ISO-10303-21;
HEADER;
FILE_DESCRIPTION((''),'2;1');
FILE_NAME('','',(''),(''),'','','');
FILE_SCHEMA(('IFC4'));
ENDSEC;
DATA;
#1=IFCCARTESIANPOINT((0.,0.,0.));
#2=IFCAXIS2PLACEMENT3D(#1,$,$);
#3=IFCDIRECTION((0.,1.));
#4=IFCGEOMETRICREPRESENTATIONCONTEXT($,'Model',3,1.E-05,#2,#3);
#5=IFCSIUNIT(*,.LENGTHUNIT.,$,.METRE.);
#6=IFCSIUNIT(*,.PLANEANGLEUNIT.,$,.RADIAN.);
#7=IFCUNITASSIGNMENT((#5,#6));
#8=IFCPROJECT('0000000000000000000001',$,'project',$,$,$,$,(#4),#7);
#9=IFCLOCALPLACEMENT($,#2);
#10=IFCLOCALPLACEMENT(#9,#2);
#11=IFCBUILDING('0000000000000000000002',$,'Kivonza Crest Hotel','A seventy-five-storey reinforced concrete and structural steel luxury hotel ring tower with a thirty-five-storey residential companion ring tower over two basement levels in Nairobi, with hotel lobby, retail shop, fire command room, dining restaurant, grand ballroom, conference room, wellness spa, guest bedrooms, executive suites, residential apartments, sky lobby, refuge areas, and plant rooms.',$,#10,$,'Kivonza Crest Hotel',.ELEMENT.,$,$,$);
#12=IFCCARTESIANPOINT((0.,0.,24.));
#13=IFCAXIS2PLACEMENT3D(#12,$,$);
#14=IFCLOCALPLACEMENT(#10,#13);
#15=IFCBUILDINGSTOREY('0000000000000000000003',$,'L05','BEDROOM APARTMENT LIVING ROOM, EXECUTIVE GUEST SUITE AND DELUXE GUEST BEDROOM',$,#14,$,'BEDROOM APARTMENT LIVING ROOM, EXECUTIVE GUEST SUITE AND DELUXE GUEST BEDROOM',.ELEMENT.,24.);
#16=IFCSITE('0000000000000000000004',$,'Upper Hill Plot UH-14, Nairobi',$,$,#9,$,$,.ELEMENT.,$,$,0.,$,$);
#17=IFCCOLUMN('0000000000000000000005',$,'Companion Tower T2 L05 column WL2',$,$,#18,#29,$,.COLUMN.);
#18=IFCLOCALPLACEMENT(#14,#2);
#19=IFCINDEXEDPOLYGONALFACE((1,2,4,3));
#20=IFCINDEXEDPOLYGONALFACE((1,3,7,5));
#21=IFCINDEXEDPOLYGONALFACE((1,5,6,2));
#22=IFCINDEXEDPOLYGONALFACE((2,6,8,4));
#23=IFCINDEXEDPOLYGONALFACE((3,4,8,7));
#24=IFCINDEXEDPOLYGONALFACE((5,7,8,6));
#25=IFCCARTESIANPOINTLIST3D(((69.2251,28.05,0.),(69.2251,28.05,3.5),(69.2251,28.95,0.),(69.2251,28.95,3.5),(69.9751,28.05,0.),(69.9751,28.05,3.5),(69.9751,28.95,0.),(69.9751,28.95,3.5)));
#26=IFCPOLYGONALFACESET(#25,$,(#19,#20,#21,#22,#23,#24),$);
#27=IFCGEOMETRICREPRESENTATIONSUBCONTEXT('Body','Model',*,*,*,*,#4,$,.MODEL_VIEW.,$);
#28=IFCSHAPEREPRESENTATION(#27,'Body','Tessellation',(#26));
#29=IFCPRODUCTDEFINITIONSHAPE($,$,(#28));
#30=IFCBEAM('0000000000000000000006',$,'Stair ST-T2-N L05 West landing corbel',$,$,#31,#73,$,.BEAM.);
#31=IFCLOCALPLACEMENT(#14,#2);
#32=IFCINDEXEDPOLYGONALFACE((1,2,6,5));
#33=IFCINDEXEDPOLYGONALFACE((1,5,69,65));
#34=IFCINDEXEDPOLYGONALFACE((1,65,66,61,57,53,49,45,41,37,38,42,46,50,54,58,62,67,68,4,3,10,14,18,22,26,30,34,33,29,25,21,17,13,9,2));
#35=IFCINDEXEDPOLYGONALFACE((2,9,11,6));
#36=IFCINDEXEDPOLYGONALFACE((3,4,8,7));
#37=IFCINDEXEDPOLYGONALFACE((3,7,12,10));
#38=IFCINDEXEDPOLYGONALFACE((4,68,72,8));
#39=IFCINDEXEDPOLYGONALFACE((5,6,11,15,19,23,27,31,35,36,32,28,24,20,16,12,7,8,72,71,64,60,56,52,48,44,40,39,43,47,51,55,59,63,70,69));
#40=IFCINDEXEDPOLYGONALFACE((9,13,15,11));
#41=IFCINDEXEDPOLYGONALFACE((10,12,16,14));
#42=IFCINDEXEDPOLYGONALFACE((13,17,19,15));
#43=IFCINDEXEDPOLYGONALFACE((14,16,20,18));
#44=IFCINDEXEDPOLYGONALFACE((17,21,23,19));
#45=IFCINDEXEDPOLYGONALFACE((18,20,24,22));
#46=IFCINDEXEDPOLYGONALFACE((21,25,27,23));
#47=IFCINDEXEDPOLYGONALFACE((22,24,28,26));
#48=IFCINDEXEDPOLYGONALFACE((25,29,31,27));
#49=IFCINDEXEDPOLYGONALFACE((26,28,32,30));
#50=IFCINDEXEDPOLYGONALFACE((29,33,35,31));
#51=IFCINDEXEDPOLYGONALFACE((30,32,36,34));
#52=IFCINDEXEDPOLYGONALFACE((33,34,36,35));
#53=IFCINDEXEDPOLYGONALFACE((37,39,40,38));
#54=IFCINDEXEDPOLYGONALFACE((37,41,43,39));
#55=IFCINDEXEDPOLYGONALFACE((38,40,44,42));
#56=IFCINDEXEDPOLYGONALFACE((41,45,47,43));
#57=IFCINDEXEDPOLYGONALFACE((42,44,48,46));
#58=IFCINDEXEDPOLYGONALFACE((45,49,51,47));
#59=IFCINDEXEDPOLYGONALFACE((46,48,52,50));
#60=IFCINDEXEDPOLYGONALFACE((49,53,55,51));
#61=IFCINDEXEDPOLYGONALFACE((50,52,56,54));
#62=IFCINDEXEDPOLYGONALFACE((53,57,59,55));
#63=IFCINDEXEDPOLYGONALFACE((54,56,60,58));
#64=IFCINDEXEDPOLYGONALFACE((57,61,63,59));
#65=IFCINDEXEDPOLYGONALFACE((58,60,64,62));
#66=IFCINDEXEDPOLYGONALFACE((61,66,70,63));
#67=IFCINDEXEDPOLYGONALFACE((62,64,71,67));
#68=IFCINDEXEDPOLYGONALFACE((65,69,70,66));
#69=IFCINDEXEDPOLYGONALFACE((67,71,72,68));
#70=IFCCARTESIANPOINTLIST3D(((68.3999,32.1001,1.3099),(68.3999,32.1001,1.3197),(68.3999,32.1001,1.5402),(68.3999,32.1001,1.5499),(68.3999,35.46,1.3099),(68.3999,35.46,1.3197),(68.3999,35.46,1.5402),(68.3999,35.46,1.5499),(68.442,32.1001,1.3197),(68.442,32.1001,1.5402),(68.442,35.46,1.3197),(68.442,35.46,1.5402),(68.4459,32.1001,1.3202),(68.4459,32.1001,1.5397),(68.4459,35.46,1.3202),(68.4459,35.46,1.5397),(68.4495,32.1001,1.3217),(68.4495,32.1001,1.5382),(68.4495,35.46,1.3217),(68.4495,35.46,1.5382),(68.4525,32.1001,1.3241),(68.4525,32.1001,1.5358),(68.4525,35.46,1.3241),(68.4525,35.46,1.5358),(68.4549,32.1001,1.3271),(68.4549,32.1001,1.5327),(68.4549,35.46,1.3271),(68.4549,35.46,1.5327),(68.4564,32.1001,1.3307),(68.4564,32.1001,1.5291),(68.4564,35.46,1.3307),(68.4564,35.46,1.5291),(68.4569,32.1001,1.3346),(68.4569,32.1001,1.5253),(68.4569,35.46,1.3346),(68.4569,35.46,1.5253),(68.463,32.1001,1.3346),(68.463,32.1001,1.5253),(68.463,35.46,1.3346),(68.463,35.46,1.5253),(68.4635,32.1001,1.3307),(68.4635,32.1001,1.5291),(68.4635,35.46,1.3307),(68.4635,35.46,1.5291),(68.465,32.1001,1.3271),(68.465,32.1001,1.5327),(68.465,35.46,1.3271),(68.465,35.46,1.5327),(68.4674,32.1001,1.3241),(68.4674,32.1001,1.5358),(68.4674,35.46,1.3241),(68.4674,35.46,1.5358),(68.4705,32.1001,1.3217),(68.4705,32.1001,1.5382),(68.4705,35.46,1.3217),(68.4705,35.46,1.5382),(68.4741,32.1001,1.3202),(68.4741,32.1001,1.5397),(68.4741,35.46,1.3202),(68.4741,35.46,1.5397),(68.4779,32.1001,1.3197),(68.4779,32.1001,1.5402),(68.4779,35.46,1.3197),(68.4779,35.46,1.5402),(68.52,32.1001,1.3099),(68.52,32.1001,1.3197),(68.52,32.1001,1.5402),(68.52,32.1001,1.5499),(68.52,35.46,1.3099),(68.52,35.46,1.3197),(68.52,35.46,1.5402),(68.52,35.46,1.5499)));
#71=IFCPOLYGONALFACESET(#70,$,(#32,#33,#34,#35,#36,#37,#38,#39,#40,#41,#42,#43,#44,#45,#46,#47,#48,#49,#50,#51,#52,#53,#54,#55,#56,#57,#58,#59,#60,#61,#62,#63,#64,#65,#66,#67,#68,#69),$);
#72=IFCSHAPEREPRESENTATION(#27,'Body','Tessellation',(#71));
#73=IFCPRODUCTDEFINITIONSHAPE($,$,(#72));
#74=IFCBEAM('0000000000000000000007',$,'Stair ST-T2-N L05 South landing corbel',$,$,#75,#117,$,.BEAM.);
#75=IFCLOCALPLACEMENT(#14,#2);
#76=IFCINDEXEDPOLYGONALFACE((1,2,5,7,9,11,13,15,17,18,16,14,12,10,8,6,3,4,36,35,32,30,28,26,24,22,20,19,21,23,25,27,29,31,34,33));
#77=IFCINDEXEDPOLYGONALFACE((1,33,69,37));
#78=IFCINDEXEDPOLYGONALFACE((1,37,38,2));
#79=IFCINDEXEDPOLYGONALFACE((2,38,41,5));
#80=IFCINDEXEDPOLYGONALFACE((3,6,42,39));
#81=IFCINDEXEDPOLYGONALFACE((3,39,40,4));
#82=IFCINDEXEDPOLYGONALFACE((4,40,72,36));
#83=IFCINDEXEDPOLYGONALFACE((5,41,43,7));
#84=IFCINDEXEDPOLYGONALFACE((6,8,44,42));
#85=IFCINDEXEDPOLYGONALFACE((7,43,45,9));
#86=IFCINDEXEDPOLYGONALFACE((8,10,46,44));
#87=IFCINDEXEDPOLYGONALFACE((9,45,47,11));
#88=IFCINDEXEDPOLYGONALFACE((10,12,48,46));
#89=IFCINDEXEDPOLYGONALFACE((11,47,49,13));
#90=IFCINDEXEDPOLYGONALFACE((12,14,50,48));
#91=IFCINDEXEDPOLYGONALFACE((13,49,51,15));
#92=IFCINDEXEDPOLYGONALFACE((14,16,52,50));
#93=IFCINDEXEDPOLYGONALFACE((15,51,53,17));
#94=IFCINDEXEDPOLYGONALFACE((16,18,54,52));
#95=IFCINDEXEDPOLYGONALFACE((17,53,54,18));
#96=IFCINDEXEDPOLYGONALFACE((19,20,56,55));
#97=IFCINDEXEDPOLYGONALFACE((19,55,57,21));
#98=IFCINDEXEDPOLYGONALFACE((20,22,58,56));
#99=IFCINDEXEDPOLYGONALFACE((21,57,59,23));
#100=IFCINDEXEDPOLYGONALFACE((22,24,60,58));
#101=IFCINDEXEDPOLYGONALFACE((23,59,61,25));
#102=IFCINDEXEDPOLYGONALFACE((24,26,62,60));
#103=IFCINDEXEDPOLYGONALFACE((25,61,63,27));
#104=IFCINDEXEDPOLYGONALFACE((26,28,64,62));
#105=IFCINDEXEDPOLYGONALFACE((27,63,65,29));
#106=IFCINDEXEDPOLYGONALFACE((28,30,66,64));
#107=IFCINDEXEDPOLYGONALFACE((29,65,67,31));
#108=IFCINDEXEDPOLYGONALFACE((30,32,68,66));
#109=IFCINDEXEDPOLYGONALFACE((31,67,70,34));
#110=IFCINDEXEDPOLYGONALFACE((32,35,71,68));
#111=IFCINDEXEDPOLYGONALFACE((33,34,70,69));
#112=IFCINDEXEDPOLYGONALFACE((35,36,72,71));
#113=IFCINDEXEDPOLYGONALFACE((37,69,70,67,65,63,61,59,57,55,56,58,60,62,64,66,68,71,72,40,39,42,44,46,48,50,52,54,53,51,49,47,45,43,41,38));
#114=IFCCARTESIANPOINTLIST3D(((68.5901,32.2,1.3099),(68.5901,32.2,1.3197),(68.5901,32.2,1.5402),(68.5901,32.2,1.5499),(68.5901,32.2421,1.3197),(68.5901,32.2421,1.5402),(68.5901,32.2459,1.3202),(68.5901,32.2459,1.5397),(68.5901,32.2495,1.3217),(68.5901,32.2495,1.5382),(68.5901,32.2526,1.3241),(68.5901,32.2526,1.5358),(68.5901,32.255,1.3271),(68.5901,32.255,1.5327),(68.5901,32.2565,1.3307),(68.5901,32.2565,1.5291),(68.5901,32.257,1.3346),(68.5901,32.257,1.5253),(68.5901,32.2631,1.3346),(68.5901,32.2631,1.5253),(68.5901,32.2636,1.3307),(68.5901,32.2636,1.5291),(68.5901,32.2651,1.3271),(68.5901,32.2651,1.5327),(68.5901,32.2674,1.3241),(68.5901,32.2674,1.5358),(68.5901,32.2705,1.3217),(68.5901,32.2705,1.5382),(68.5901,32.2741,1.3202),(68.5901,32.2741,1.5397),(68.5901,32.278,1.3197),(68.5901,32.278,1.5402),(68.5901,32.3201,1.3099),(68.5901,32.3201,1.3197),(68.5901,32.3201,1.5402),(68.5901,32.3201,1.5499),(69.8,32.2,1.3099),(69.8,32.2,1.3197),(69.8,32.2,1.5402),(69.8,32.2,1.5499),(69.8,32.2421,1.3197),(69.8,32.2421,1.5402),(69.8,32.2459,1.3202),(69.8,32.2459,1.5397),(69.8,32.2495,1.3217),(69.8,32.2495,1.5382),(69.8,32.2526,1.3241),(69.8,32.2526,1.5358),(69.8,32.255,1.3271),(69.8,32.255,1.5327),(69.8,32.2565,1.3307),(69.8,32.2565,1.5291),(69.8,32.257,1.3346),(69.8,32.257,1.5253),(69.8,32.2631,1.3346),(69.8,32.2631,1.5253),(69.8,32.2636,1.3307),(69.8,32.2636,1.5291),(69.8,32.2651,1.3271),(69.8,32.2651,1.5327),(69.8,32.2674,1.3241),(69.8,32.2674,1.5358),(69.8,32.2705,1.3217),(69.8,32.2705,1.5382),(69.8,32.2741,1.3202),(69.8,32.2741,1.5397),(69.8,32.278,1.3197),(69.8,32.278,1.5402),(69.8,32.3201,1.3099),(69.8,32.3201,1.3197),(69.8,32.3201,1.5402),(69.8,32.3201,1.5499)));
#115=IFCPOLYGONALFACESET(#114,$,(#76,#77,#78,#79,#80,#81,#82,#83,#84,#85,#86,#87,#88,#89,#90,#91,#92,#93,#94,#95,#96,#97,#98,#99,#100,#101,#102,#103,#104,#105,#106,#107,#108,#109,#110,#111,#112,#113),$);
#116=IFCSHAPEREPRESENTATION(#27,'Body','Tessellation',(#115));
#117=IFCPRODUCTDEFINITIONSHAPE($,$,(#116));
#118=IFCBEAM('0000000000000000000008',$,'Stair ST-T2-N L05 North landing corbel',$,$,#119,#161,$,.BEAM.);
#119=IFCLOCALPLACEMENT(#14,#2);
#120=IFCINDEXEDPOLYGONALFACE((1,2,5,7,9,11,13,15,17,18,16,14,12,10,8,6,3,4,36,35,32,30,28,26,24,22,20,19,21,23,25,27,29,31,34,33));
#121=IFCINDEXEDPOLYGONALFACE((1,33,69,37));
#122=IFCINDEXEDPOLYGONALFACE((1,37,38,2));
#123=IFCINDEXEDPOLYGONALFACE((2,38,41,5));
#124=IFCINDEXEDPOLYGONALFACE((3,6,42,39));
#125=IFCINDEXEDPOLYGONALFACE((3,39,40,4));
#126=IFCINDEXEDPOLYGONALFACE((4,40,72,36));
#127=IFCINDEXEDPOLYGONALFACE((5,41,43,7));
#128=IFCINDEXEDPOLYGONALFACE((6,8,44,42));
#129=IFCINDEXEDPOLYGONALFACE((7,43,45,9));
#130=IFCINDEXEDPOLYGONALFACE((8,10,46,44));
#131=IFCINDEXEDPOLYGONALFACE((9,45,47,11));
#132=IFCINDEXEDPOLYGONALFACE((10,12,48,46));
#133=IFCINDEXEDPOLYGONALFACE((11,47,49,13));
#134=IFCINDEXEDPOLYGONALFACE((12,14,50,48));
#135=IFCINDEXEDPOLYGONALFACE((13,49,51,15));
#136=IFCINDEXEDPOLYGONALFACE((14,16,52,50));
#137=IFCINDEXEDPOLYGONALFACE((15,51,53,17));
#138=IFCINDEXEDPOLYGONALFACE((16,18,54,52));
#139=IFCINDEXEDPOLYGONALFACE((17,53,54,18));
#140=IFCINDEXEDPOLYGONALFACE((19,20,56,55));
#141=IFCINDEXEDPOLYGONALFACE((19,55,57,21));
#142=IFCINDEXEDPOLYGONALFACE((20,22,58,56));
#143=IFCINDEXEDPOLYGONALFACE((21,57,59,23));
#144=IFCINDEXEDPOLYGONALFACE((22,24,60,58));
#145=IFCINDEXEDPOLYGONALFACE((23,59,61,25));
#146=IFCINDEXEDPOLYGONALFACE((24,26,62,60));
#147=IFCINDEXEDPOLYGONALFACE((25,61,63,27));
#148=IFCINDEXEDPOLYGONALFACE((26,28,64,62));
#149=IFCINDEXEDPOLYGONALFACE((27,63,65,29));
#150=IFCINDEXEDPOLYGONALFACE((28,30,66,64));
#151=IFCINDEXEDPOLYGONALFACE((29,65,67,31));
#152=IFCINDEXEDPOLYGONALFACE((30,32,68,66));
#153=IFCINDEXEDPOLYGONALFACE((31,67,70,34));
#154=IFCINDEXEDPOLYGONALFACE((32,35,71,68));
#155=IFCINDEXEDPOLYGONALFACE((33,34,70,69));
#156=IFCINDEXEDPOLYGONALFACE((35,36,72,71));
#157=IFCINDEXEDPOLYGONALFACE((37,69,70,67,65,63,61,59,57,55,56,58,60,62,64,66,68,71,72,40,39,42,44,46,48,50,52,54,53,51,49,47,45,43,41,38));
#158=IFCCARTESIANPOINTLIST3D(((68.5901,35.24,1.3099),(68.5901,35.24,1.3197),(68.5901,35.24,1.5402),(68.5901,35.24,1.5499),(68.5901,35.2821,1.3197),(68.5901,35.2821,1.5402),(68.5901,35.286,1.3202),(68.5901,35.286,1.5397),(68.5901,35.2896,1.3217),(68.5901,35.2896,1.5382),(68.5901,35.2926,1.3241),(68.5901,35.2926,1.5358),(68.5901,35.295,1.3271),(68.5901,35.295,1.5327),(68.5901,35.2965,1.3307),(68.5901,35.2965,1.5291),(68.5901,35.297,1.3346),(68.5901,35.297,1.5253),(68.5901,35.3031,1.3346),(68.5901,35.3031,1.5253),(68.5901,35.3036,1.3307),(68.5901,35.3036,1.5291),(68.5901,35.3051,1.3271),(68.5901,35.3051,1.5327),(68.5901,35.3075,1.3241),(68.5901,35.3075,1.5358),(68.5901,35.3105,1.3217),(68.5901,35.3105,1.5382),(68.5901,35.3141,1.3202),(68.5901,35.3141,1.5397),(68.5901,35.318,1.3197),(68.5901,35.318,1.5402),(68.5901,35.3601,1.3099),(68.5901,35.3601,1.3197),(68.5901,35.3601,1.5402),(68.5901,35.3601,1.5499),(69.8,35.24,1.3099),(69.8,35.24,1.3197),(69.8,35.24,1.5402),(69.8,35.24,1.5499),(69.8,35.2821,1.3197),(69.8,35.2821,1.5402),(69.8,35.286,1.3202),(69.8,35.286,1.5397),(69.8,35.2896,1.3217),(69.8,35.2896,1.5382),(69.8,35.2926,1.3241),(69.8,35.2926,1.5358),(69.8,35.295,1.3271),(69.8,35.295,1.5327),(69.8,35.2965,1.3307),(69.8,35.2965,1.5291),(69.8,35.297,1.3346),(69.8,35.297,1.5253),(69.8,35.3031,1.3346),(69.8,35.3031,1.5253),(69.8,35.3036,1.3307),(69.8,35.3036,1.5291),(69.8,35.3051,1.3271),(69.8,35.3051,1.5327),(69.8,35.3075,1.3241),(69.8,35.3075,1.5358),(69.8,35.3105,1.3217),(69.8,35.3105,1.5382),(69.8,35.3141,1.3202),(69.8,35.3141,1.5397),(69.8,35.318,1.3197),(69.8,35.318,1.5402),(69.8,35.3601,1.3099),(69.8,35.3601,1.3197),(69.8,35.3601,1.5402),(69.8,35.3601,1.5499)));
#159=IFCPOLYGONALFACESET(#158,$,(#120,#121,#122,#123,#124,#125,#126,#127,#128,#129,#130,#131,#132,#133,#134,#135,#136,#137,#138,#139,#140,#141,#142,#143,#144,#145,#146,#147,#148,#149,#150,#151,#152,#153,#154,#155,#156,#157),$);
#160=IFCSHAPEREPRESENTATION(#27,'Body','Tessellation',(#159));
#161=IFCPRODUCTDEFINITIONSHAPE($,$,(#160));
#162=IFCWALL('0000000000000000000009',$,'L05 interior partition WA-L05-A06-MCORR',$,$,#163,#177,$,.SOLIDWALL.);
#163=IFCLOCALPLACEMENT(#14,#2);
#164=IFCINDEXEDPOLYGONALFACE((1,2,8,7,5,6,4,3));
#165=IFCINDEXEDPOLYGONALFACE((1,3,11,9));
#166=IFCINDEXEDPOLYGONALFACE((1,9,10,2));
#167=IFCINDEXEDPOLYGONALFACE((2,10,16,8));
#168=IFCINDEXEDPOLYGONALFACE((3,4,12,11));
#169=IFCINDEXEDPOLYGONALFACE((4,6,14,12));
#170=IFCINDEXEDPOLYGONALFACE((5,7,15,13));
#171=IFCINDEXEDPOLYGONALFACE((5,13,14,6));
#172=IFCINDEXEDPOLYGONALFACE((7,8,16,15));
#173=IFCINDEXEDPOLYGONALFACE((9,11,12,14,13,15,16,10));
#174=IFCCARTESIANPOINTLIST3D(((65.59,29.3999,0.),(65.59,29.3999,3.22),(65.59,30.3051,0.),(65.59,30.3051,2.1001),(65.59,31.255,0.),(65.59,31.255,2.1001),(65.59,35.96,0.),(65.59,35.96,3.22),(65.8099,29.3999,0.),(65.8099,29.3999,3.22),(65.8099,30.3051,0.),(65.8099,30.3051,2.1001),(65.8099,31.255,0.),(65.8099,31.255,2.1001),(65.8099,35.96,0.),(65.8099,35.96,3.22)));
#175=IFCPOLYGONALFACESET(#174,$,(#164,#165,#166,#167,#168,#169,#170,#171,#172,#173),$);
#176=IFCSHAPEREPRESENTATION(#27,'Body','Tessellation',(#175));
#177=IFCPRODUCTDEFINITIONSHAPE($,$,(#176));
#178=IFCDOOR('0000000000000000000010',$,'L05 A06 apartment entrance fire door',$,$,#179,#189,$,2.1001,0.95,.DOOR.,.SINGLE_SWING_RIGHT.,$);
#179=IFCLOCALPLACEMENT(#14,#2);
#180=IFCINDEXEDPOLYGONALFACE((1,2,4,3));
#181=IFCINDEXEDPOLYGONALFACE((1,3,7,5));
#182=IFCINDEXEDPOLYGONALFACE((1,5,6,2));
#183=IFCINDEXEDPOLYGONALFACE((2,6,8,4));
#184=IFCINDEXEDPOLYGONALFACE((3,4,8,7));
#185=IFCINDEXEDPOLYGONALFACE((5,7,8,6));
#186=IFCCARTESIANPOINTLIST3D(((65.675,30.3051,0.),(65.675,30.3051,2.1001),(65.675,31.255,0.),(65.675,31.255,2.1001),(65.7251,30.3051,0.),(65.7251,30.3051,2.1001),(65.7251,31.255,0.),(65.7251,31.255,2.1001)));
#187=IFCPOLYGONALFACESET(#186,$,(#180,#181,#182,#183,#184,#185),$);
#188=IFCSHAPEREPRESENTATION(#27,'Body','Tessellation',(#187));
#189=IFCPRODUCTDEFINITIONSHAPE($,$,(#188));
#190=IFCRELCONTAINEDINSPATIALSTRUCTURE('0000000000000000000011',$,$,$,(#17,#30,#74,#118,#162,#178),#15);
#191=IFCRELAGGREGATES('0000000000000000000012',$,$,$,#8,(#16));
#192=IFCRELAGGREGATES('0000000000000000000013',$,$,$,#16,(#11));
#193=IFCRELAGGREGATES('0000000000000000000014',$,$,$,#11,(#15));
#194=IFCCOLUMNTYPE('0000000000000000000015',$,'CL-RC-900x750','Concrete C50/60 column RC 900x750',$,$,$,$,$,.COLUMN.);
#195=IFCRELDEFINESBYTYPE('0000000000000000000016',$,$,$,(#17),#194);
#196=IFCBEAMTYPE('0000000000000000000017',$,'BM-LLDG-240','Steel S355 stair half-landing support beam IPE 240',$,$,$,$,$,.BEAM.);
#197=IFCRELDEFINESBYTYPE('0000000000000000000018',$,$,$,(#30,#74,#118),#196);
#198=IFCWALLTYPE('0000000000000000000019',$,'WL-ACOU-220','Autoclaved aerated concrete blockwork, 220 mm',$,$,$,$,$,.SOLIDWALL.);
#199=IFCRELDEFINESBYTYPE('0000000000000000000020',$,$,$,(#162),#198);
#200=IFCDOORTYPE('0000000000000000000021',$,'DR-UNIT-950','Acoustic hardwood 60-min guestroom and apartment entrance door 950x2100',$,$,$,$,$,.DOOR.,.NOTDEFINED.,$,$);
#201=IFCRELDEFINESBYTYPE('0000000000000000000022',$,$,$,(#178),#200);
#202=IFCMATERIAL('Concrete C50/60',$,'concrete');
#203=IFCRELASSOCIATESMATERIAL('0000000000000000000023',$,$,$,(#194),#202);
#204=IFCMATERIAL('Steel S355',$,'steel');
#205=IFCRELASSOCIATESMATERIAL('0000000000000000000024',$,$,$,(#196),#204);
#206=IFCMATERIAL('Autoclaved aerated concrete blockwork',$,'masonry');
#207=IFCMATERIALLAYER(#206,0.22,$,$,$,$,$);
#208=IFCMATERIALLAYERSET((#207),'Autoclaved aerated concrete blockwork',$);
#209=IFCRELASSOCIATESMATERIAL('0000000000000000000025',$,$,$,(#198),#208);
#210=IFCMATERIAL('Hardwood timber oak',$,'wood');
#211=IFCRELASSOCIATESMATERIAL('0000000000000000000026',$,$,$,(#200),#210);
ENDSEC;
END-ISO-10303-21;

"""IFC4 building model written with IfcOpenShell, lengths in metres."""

from ifc_helpers import new_model, si_unit, direction, frame, frame_2d, origin, origin_2d, place, context, subcontext, project, spatial, rectangle, i_section, extrude, material, layer, layer_set, material_profile, profile_set, type_object, element, fill, save


model = new_model("IFC4")

# Units and contexts
model_context = context("Model", 3, precision=1e-05, world=origin(), true_north=direction((0.0, 1.0)))
body_context = subcontext(model_context, "Body", "Model", "MODEL_VIEW")
ifc_project = project(units=[si_unit("LENGTHUNIT", "METRE"), si_unit("PLANEANGLEUNIT", "RADIAN")], contexts=[model_context])

# Site, building, storey
site_placement = place(None, origin())
site = spatial("IfcSite", under=ifc_project, at=site_placement, Name="Upper Hill Plot UH-14, Nairobi", CompositionType="ELEMENT", RefElevation=0.0)
building_placement = place(site_placement, origin())
building = spatial("IfcBuilding", under=site, at=building_placement, Name="Kivonza Crest Hotel", Description="A seventy-five-storey reinforced concrete and structural steel luxury hotel ring tower with a thirty-five-storey residential companion ring tower over two basement levels in Nairobi, with hotel lobby, retail shop, fire command room, dining restaurant, grand ballroom, conference room, wellness spa, guest bedrooms, executive suites, residential apartments, sky lobby, refuge areas, and plant rooms.", LongName="Kivonza Crest Hotel", CompositionType="ELEMENT")
storey_placement = place(building_placement, frame((0.0, 0.0, 24.0)))
storey = spatial("IfcBuildingStorey", under=building, at=storey_placement, Name="L05", Description="BEDROOM APARTMENT LIVING ROOM, EXECUTIVE GUEST SUITE AND DELUXE GUEST BEDROOM", LongName="BEDROOM APARTMENT LIVING ROOM, EXECUTIVE GUEST SUITE AND DELUXE GUEST BEDROOM", CompositionType="ELEMENT", Elevation=24.0)

# Column
ifc_material_1 = material(Name="Concrete C50/60", Category="concrete")
ifc_material_profile_1 = material_profile(ifc_material_1, rectangle(XDim=0.75, YDim=0.8999, at=origin_2d()), Name="RC 900x750")
ifc_profile_set_1 = profile_set([ifc_material_profile_1], Name="Concrete C50/60")
column_type = type_object("IfcColumnType", Name="CL-RC-900x750", Description="Concrete C50/60 column RC 900x750", PredefinedType="COLUMN", material=ifc_profile_set_1)
column_placement = place(storey_placement, frame((69.6001, 28.5, 0.0), z_axis=(0.0, 0.0, 1.0), x_axis=(1.0, 0.0, 0.0)))
element("IfcColumn", 1, at=column_placement, inside=storey, type_object=column_type, Name="Companion Tower T2 L05 column WL2", PredefinedType="COLUMN", context=body_context, shape_type="SweptSolid", body=[
    extrude(rectangle(XDim=0.75, YDim=0.8999, at=origin_2d()), origin(), (0.0, 0.0, 1.0), 3.5),
])

# Beams
ifc_material_2 = material(Name="Steel S355", Category="steel")
ifc_material_profile_2 = material_profile(ifc_material_2, i_section(OverallWidth=0.1201, OverallDepth=0.24, WebThickness=0.0061, FlangeThickness=0.0098, FilletRadius=0.0149, at=origin_2d()), Name="IPE 240")
ifc_profile_set_2 = profile_set([ifc_material_profile_2], Name="Steel S355")
beam_type = type_object("IfcBeamType", Name="BM-LLDG-240", Description="Steel S355 stair half-landing support beam IPE 240", PredefinedType="BEAM", material=ifc_profile_set_2)
beam_placement = place(storey_placement, frame((68.46, 32.1001, 1.4299), z_axis=(0.0, 1.0, 0.0), x_axis=(-1.0, 0.0, 0.0)))
element("IfcBeam", 2, at=beam_placement, inside=storey, type_object=beam_type, Name="Stair ST-T2-N L05 West landing corbel", PredefinedType="BEAM", context=body_context, shape_type="SweptSolid", body=[
    extrude(i_section(OverallWidth=0.1201, OverallDepth=0.24, WebThickness=0.0061, FlangeThickness=0.0098, FilletRadius=0.0149, at=origin_2d()), origin(), (0.0, 0.0, 1.0), 3.3599),
])
for number, where, z_axis, x_axis, name in (
    (3, (68.5901, 32.26, 1.4299), (1.0, 0.0, 0.0), (0.0, 1.0, 0.0), "Stair ST-T2-N L05 South landing corbel"),
    (4, (68.5901, 35.3, 1.4299), (1.0, 0.0, 0.0), (0.0, 1.0, 0.0), "Stair ST-T2-N L05 North landing corbel"),
):
    element("IfcBeam", number, at=place(storey_placement, frame(where, z_axis=z_axis, x_axis=x_axis)), inside=storey, type_object=beam_type, Name=name, PredefinedType="BEAM", context=body_context, shape_type="SweptSolid", body=[
        extrude(i_section(OverallWidth=0.1201, OverallDepth=0.24, WebThickness=0.0061, FlangeThickness=0.0098, FilletRadius=0.0149, at=origin_2d()), origin(), (0.0, 0.0, 1.0), 1.21),
    ])

# Wall, opening, door
ifc_material_3 = material(Name="Autoclaved aerated concrete blockwork", Category="masonry")
ifc_layer_1 = layer(ifc_material_3, 0.22)
ifc_layer_set_1 = layer_set([ifc_layer_1], Name="Autoclaved aerated concrete blockwork")
wall_type_1 = type_object("IfcWallType", Name="WL-ACOU-220", Description="Autoclaved aerated concrete blockwork, 220 mm", PredefinedType="SOLIDWALL", material=ifc_layer_set_1)
wall_1_placement = place(storey_placement, frame((65.7, 29.3999, 0.0), z_axis=(0.0, 0.0, 1.0), x_axis=(0.0, 1.0, 0.0)))
wall_1 = element("IfcWall", 5, at=wall_1_placement, inside=storey, type_object=wall_type_1, Name="L05 interior partition WA-L05-A06-MCORR", PredefinedType="SOLIDWALL", context=body_context, shape_type="SweptSolid", body=[
    extrude(rectangle(XDim=6.5601, YDim=0.22, at=frame_2d((3.28, 0.0))), origin(), (0.0, 0.0, 1.0), 3.22),
])
opening_1_placement = place(wall_1_placement, frame((0.905, 0.0, 0.0)))
opening_1 = element("IfcOpeningElement", 6, at=opening_1_placement, cuts=wall_1, PredefinedType="OPENING", context=body_context, shape_type="SweptSolid", body=[
    extrude(rectangle(XDim=0.95, YDim=2.1001, at=frame_2d((0.4751, 1.05))), frame((0.0, 0.1201, 0.0), z_axis=(0.0, -1.0, 0.0), x_axis=(1.0, 0.0, 0.0)), (0.0, 0.0, 1.0), 0.24),
])
ifc_material_4 = material(Name="Hardwood timber oak", Category="wood")
door_type = type_object("IfcDoorType", Name="DR-UNIT-950", Description="Acoustic hardwood 60-min guestroom and apartment entrance door 950x2100", OperationType="NOTDEFINED", PredefinedType="DOOR", material=ifc_material_4)
door_placement = place(opening_1_placement, origin())
door = element("IfcDoor", 7, at=door_placement, inside=storey, type_object=door_type, Name="L05 A06 apartment entrance fire door", OperationType="SINGLE_SWING_RIGHT", OverallHeight=2.1001, OverallWidth=0.95, PredefinedType="DOOR", context=body_context, shape_type="SweptSolid", body=[
    extrude(rectangle(XDim=0.95, YDim=2.1001, at=frame_2d((0.4751, 1.05))), frame((0.0, 0.0249, 0.0), z_axis=(0.0, -1.0, 0.0), x_axis=(1.0, 0.0, 0.0)), (0.0, 0.0, 1.0), 0.05),
])
fill(opening_1, door)

save(model, "model.ifc")
